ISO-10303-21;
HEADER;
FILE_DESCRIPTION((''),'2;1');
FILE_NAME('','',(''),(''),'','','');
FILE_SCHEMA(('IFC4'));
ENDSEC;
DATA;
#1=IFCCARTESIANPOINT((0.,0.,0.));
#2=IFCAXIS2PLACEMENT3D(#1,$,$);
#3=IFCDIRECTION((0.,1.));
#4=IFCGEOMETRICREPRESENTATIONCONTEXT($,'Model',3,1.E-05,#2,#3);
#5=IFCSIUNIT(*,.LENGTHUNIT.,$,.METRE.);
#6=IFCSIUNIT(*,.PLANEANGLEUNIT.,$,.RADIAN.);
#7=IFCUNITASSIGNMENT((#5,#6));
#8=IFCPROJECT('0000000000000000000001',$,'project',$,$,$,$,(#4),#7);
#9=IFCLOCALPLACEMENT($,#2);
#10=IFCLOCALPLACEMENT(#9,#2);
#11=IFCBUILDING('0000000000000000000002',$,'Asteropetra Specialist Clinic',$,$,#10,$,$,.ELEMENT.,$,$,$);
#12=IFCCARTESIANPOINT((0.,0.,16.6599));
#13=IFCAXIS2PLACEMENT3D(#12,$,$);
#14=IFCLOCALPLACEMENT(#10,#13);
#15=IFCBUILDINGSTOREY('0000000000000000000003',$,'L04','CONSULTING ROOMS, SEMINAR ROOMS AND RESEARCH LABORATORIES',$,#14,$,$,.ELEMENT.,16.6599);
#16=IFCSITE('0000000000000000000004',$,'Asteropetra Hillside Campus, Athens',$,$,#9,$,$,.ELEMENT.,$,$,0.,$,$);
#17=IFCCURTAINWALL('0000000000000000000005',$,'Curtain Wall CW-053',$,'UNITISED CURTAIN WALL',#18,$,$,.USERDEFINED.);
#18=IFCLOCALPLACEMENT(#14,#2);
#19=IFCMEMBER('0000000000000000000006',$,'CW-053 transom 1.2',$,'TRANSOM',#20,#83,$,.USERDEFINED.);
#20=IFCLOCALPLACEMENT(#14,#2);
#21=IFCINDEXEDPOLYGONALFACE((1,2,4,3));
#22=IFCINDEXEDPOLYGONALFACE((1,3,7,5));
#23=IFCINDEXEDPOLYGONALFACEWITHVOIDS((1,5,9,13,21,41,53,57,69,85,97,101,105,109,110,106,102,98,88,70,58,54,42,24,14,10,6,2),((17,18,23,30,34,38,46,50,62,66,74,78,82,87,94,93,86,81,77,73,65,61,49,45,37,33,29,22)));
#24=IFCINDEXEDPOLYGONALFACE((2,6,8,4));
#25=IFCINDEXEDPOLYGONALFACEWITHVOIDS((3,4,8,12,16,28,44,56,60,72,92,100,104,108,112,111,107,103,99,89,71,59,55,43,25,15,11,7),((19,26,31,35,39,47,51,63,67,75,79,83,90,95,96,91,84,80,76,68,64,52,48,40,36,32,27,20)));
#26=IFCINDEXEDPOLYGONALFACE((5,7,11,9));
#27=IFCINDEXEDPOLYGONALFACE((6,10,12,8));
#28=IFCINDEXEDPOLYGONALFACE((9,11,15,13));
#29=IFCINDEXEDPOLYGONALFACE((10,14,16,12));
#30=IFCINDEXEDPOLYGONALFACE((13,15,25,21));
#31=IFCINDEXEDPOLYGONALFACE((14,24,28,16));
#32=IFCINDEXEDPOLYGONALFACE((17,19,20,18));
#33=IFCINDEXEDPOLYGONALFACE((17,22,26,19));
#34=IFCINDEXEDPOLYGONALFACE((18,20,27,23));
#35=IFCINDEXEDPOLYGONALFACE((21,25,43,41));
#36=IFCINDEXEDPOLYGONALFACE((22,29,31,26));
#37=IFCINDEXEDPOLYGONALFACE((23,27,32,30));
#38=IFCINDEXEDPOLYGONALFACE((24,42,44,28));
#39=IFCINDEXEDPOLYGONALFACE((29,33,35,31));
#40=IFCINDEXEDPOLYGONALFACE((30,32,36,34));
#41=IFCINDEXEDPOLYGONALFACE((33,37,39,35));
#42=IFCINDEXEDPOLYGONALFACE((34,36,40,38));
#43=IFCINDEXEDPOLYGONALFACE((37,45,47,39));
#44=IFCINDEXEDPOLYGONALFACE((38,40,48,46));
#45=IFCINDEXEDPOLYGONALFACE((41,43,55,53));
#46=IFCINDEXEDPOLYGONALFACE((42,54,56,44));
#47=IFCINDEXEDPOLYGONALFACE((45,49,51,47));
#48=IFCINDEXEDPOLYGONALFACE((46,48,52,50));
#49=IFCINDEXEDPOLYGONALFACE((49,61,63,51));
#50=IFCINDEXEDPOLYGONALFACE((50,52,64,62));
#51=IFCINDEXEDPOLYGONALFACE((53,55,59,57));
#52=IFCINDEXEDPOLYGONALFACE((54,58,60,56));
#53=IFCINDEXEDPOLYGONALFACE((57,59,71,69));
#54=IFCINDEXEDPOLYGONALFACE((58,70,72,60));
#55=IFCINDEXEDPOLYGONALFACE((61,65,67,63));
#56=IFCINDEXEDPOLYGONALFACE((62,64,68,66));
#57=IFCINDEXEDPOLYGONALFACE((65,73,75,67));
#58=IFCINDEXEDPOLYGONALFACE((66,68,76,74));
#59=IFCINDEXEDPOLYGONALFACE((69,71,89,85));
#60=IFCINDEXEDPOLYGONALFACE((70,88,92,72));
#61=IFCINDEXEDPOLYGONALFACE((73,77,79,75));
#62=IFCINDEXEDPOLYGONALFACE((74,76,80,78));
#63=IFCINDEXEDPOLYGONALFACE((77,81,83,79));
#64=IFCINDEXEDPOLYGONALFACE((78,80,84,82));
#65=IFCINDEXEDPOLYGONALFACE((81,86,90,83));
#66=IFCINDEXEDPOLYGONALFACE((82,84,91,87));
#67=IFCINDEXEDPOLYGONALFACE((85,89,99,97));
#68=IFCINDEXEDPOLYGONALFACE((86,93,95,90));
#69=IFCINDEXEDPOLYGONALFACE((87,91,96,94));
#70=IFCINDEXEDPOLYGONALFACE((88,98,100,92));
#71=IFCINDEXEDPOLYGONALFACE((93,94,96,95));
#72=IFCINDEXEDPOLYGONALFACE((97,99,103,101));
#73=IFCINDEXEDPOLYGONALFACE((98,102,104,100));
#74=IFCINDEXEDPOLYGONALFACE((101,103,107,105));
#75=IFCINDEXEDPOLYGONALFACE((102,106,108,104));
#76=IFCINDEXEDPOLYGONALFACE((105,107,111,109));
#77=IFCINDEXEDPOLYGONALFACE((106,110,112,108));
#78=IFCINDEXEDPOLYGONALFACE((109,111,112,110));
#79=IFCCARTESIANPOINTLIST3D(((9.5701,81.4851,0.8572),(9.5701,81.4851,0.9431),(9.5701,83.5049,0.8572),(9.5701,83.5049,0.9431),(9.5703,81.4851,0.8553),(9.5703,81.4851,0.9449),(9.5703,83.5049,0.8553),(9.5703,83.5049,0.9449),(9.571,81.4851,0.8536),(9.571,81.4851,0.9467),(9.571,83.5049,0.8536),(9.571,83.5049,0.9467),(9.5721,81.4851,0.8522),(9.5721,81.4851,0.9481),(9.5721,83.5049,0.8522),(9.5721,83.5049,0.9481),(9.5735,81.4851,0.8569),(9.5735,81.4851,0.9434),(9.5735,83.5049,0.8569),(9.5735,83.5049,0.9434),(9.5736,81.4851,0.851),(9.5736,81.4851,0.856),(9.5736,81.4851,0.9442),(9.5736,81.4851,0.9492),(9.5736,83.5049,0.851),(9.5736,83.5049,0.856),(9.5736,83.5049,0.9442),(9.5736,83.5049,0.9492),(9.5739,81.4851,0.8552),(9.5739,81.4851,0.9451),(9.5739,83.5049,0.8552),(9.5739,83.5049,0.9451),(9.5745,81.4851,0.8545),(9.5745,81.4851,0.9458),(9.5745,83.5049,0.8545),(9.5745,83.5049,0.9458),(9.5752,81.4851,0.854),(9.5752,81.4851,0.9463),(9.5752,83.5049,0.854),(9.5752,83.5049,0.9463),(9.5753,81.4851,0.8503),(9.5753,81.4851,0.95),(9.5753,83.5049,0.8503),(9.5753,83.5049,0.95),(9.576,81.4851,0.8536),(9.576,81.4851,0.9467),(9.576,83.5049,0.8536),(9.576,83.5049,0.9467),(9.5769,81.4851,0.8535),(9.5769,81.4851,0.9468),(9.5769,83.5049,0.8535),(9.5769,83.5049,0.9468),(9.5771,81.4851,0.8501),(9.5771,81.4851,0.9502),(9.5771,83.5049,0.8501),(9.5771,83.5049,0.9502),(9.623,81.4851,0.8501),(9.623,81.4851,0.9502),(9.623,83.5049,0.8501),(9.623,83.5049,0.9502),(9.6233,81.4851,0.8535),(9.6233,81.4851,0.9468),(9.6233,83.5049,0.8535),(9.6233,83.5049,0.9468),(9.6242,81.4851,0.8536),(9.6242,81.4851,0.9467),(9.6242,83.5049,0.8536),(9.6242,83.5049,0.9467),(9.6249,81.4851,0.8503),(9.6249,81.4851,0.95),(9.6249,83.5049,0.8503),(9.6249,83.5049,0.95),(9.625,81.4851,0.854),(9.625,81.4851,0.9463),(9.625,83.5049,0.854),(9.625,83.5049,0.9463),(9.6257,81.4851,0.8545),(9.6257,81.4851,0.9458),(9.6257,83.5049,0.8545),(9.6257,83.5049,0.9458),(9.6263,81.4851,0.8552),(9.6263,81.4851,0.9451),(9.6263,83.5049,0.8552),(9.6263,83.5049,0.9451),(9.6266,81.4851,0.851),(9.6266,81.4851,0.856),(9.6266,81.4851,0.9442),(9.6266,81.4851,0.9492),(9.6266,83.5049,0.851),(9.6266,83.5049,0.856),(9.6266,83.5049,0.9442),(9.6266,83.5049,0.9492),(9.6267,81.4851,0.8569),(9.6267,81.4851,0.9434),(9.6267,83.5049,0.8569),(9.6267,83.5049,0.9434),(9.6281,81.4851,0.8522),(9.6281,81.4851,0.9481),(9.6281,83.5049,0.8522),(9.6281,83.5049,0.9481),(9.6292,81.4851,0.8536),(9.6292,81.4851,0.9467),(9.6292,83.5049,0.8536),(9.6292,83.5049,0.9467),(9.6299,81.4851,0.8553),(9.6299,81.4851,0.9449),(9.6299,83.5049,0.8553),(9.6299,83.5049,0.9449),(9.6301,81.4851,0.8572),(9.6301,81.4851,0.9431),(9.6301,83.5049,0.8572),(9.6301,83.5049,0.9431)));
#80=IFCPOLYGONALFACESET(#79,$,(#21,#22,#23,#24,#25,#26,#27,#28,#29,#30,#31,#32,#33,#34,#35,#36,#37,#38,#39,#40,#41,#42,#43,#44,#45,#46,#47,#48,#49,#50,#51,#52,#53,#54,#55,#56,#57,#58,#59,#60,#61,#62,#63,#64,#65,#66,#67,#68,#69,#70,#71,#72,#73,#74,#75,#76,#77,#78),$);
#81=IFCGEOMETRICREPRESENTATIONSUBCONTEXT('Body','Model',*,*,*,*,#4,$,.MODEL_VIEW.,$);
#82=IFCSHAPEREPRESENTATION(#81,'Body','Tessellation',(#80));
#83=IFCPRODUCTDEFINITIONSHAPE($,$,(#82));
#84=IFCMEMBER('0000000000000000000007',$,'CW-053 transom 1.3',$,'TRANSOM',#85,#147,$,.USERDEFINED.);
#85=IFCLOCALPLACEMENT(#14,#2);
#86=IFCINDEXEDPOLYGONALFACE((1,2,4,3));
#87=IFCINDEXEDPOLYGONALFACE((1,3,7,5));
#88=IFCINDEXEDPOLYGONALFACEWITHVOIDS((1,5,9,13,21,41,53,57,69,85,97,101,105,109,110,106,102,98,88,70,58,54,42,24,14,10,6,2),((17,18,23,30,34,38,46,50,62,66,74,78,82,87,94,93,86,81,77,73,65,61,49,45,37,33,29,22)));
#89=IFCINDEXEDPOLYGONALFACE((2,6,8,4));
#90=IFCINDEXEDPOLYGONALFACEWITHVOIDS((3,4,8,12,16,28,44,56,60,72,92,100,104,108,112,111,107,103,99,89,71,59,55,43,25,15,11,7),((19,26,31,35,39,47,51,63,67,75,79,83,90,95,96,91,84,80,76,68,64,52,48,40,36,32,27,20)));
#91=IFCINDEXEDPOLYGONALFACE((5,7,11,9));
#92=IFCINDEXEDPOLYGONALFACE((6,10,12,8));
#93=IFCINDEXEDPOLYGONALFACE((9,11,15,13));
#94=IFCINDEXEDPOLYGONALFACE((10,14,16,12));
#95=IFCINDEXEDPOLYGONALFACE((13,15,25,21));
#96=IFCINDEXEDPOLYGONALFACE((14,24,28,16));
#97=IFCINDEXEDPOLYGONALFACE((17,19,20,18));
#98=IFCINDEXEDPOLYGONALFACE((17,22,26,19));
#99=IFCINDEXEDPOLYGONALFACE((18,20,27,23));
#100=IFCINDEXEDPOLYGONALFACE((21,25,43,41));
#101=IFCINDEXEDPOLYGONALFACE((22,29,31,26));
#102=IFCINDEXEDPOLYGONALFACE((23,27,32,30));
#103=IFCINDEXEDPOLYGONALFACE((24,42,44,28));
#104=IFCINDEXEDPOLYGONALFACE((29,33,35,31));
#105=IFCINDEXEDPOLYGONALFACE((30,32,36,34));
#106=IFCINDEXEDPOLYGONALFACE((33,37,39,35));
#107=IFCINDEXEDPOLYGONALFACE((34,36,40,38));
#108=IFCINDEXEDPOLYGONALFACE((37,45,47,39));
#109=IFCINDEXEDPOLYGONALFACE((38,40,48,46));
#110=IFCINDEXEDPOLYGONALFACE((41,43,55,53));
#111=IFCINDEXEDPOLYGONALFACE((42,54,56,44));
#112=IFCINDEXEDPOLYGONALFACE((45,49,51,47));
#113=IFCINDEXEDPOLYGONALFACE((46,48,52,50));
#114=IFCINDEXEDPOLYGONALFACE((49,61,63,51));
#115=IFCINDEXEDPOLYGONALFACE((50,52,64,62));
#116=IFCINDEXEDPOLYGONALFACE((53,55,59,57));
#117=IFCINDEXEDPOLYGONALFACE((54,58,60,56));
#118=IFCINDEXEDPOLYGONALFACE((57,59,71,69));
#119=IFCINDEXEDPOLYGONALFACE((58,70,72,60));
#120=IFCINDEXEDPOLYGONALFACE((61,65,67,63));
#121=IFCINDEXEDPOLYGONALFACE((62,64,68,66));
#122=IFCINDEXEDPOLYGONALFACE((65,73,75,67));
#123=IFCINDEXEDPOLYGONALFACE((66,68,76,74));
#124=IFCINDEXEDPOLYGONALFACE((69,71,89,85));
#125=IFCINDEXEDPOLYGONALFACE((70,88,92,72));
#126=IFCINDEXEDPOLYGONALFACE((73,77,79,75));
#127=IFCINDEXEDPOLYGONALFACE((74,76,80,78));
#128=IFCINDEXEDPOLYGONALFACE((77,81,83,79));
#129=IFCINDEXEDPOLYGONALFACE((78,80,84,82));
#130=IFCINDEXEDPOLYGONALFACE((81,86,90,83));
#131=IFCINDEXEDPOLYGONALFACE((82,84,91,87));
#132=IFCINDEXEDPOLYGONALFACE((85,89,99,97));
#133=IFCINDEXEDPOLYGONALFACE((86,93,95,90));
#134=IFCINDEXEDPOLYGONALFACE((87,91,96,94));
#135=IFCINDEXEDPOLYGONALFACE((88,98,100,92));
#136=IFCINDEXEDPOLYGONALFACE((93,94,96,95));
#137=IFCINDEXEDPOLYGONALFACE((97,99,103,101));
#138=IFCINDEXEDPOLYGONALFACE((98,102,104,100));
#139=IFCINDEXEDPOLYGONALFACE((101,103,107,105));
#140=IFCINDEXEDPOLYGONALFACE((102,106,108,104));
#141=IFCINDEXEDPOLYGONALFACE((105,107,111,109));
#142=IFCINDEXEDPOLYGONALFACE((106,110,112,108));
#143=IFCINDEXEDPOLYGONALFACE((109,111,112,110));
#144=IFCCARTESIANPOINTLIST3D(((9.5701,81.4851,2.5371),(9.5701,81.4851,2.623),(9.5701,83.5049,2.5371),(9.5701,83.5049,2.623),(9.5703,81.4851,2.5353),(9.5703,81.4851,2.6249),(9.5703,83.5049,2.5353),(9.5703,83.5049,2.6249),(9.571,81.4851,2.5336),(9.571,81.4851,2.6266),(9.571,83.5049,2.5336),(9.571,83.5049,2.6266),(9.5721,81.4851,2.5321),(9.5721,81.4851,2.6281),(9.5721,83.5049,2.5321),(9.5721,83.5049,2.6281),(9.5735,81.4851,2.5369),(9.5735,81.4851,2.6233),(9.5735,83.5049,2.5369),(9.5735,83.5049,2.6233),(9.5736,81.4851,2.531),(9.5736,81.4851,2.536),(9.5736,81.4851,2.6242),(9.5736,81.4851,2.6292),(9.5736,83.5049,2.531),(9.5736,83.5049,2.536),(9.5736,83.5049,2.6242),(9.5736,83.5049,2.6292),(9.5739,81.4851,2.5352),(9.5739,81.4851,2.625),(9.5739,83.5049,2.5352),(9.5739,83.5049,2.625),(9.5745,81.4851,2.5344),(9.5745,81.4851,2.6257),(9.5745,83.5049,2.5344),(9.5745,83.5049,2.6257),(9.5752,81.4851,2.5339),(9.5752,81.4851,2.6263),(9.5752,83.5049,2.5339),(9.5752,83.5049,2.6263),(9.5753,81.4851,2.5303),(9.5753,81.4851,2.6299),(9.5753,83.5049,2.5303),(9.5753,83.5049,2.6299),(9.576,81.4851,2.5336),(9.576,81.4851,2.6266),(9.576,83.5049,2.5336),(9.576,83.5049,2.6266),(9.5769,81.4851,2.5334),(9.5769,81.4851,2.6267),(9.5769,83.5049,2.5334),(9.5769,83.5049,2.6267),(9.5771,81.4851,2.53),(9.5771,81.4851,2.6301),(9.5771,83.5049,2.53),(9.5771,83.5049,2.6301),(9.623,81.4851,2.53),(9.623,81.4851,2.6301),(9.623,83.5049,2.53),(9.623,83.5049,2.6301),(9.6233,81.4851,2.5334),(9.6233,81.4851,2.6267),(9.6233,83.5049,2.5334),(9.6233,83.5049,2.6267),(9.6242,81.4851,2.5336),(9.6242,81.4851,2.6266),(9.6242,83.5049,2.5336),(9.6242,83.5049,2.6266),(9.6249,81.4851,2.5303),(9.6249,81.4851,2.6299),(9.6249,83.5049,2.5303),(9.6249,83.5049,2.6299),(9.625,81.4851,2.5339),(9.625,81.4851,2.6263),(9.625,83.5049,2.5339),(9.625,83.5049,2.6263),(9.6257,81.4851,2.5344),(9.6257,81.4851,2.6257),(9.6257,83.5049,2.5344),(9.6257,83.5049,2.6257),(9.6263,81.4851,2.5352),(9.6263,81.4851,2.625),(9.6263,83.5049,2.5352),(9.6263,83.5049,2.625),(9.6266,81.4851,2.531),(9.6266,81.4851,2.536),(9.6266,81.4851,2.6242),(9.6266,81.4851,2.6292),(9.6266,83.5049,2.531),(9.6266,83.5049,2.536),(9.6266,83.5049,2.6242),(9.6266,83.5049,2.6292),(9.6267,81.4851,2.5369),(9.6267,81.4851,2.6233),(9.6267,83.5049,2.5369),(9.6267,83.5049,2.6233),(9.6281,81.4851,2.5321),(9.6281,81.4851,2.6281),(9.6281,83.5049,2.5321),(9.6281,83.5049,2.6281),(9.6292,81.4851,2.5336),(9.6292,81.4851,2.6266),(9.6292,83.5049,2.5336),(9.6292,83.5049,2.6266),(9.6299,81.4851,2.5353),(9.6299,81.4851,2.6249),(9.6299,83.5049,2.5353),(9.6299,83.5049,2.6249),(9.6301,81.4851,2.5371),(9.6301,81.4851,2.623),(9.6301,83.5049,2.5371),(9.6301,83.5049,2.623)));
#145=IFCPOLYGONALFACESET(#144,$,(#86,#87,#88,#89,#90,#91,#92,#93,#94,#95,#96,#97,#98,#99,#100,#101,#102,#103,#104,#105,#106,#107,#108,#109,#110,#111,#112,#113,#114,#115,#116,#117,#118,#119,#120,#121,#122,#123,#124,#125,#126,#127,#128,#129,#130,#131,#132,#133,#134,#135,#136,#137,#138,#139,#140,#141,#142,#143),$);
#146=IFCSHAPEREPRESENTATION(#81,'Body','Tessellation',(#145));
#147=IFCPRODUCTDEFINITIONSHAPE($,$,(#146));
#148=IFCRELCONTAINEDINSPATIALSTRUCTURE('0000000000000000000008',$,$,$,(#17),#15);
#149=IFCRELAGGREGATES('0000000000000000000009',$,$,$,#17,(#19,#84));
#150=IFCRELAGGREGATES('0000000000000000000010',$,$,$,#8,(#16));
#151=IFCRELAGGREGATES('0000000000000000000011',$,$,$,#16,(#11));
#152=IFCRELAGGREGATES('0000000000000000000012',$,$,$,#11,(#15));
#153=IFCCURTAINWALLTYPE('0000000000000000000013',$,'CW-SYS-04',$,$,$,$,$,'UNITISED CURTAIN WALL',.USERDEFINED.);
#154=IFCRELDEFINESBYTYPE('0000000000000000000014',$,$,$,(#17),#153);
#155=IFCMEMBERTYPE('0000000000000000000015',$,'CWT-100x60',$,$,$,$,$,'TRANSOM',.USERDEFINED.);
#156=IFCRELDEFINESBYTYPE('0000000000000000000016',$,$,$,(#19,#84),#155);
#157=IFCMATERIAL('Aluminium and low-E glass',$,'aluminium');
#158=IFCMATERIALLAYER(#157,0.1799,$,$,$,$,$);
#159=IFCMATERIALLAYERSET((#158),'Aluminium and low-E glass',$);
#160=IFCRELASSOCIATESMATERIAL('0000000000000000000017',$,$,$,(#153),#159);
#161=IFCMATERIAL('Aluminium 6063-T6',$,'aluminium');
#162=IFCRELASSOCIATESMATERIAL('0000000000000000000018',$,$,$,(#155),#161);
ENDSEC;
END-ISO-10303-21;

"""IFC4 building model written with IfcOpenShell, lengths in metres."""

from ifc_helpers import new_model, si_unit, direction, frame, origin, origin_2d, place, context, subcontext, project, spatial, hollow_rectangle, extrude, material, layer, layer_set, material_profile, profile_set, type_object, element, aggregate, save


model = new_model("IFC4")

# Units and contexts
model_context = context("Model", 3, precision=1e-05, world=origin(), true_north=direction((0.0, 1.0)))
body_context = subcontext(model_context, "Body", "Model", "MODEL_VIEW")
ifc_project = project(units=[si_unit("LENGTHUNIT", "METRE"), si_unit("PLANEANGLEUNIT", "RADIAN")], contexts=[model_context])

# Site, building, storey
site_placement = place(None, origin())
site = spatial("IfcSite", under=ifc_project, at=site_placement, Name="Asteropetra Hillside Campus, Athens", CompositionType="ELEMENT", RefElevation=0.0)
building_placement = place(site_placement, origin())
building = spatial("IfcBuilding", under=site, at=building_placement, Name="Asteropetra Specialist Clinic", CompositionType="ELEMENT")
storey_placement = place(building_placement, frame((0.0, 0.0, 16.6599)))
storey = spatial("IfcBuildingStorey", under=building, at=storey_placement, Name="L04", Description="CONSULTING ROOMS, SEMINAR ROOMS AND RESEARCH LABORATORIES", CompositionType="ELEMENT", Elevation=16.6599)

# Curtain wall
ifc_material_1 = material(Name="Aluminium and low-E glass", Category="aluminium")
ifc_layer_1 = layer(ifc_material_1, 0.1799)
ifc_layer_set_1 = layer_set([ifc_layer_1], Name="Aluminium and low-E glass")
curtain_wall_type_1 = type_object("IfcCurtainWallType", Name="CW-SYS-04", ElementType="UNITISED CURTAIN WALL", PredefinedType="USERDEFINED", material=ifc_layer_set_1)
curtain_wall_1_placement = place(storey_placement, origin())
curtain_wall_1 = element("IfcCurtainWall", 1, at=curtain_wall_1_placement, inside=storey, type_object=curtain_wall_type_1, Name="Curtain Wall CW-053", ObjectType="UNITISED CURTAIN WALL", PredefinedType="USERDEFINED")

# Members
ifc_material_2 = material(Name="Aluminium 6063-T6", Category="aluminium")
ifc_material_profile_1 = material_profile(ifc_material_2, hollow_rectangle(XDim=0.0601, YDim=0.1001, WallThickness=0.0034, InnerFilletRadius=0.0034, OuterFilletRadius=0.0071, at=origin_2d()), Name="TRN 100x60x3.5")
ifc_profile_set_1 = profile_set([ifc_material_profile_1], Name="Aluminium 6063-T6")
member_type_1 = type_object("IfcMemberType", Name="CWT-100x60", ElementType="TRANSOM", PredefinedType="USERDEFINED", material=ifc_profile_set_1)
member_1_placement = place(storey_placement, frame((9.6001, 83.5049, 0.9001), z_axis=(0.0, -1.0, 0.0), x_axis=(1.0, 0.0, 0.0)))
member_1 = element("IfcMember", 2, at=member_1_placement, type_object=member_type_1, Name="CW-053 transom 1.2", ObjectType="TRANSOM", PredefinedType="USERDEFINED", context=body_context, shape_type="SweptSolid", body=[
    extrude(hollow_rectangle(XDim=0.0601, YDim=0.1001, WallThickness=0.0034, InnerFilletRadius=0.0034, OuterFilletRadius=0.0071, at=origin_2d()), origin(), (0.0, 0.0, 1.0), 2.0198),
])
member_2_placement = place(storey_placement, frame((9.6001, 83.5049, 2.5801), z_axis=(0.0, -1.0, 0.0), x_axis=(1.0, 0.0, 0.0)))
member_2 = element("IfcMember", 3, at=member_2_placement, type_object=member_type_1, Name="CW-053 transom 1.3", ObjectType="TRANSOM", PredefinedType="USERDEFINED", context=body_context, shape_type="SweptSolid", body=[
    extrude(hollow_rectangle(XDim=0.0601, YDim=0.1001, WallThickness=0.0034, InnerFilletRadius=0.0034, OuterFilletRadius=0.0071, at=origin_2d()), origin(), (0.0, 0.0, 1.0), 2.0198),
])
aggregate(curtain_wall_1, [member_1, member_2])

save(model, "model.ifc")
